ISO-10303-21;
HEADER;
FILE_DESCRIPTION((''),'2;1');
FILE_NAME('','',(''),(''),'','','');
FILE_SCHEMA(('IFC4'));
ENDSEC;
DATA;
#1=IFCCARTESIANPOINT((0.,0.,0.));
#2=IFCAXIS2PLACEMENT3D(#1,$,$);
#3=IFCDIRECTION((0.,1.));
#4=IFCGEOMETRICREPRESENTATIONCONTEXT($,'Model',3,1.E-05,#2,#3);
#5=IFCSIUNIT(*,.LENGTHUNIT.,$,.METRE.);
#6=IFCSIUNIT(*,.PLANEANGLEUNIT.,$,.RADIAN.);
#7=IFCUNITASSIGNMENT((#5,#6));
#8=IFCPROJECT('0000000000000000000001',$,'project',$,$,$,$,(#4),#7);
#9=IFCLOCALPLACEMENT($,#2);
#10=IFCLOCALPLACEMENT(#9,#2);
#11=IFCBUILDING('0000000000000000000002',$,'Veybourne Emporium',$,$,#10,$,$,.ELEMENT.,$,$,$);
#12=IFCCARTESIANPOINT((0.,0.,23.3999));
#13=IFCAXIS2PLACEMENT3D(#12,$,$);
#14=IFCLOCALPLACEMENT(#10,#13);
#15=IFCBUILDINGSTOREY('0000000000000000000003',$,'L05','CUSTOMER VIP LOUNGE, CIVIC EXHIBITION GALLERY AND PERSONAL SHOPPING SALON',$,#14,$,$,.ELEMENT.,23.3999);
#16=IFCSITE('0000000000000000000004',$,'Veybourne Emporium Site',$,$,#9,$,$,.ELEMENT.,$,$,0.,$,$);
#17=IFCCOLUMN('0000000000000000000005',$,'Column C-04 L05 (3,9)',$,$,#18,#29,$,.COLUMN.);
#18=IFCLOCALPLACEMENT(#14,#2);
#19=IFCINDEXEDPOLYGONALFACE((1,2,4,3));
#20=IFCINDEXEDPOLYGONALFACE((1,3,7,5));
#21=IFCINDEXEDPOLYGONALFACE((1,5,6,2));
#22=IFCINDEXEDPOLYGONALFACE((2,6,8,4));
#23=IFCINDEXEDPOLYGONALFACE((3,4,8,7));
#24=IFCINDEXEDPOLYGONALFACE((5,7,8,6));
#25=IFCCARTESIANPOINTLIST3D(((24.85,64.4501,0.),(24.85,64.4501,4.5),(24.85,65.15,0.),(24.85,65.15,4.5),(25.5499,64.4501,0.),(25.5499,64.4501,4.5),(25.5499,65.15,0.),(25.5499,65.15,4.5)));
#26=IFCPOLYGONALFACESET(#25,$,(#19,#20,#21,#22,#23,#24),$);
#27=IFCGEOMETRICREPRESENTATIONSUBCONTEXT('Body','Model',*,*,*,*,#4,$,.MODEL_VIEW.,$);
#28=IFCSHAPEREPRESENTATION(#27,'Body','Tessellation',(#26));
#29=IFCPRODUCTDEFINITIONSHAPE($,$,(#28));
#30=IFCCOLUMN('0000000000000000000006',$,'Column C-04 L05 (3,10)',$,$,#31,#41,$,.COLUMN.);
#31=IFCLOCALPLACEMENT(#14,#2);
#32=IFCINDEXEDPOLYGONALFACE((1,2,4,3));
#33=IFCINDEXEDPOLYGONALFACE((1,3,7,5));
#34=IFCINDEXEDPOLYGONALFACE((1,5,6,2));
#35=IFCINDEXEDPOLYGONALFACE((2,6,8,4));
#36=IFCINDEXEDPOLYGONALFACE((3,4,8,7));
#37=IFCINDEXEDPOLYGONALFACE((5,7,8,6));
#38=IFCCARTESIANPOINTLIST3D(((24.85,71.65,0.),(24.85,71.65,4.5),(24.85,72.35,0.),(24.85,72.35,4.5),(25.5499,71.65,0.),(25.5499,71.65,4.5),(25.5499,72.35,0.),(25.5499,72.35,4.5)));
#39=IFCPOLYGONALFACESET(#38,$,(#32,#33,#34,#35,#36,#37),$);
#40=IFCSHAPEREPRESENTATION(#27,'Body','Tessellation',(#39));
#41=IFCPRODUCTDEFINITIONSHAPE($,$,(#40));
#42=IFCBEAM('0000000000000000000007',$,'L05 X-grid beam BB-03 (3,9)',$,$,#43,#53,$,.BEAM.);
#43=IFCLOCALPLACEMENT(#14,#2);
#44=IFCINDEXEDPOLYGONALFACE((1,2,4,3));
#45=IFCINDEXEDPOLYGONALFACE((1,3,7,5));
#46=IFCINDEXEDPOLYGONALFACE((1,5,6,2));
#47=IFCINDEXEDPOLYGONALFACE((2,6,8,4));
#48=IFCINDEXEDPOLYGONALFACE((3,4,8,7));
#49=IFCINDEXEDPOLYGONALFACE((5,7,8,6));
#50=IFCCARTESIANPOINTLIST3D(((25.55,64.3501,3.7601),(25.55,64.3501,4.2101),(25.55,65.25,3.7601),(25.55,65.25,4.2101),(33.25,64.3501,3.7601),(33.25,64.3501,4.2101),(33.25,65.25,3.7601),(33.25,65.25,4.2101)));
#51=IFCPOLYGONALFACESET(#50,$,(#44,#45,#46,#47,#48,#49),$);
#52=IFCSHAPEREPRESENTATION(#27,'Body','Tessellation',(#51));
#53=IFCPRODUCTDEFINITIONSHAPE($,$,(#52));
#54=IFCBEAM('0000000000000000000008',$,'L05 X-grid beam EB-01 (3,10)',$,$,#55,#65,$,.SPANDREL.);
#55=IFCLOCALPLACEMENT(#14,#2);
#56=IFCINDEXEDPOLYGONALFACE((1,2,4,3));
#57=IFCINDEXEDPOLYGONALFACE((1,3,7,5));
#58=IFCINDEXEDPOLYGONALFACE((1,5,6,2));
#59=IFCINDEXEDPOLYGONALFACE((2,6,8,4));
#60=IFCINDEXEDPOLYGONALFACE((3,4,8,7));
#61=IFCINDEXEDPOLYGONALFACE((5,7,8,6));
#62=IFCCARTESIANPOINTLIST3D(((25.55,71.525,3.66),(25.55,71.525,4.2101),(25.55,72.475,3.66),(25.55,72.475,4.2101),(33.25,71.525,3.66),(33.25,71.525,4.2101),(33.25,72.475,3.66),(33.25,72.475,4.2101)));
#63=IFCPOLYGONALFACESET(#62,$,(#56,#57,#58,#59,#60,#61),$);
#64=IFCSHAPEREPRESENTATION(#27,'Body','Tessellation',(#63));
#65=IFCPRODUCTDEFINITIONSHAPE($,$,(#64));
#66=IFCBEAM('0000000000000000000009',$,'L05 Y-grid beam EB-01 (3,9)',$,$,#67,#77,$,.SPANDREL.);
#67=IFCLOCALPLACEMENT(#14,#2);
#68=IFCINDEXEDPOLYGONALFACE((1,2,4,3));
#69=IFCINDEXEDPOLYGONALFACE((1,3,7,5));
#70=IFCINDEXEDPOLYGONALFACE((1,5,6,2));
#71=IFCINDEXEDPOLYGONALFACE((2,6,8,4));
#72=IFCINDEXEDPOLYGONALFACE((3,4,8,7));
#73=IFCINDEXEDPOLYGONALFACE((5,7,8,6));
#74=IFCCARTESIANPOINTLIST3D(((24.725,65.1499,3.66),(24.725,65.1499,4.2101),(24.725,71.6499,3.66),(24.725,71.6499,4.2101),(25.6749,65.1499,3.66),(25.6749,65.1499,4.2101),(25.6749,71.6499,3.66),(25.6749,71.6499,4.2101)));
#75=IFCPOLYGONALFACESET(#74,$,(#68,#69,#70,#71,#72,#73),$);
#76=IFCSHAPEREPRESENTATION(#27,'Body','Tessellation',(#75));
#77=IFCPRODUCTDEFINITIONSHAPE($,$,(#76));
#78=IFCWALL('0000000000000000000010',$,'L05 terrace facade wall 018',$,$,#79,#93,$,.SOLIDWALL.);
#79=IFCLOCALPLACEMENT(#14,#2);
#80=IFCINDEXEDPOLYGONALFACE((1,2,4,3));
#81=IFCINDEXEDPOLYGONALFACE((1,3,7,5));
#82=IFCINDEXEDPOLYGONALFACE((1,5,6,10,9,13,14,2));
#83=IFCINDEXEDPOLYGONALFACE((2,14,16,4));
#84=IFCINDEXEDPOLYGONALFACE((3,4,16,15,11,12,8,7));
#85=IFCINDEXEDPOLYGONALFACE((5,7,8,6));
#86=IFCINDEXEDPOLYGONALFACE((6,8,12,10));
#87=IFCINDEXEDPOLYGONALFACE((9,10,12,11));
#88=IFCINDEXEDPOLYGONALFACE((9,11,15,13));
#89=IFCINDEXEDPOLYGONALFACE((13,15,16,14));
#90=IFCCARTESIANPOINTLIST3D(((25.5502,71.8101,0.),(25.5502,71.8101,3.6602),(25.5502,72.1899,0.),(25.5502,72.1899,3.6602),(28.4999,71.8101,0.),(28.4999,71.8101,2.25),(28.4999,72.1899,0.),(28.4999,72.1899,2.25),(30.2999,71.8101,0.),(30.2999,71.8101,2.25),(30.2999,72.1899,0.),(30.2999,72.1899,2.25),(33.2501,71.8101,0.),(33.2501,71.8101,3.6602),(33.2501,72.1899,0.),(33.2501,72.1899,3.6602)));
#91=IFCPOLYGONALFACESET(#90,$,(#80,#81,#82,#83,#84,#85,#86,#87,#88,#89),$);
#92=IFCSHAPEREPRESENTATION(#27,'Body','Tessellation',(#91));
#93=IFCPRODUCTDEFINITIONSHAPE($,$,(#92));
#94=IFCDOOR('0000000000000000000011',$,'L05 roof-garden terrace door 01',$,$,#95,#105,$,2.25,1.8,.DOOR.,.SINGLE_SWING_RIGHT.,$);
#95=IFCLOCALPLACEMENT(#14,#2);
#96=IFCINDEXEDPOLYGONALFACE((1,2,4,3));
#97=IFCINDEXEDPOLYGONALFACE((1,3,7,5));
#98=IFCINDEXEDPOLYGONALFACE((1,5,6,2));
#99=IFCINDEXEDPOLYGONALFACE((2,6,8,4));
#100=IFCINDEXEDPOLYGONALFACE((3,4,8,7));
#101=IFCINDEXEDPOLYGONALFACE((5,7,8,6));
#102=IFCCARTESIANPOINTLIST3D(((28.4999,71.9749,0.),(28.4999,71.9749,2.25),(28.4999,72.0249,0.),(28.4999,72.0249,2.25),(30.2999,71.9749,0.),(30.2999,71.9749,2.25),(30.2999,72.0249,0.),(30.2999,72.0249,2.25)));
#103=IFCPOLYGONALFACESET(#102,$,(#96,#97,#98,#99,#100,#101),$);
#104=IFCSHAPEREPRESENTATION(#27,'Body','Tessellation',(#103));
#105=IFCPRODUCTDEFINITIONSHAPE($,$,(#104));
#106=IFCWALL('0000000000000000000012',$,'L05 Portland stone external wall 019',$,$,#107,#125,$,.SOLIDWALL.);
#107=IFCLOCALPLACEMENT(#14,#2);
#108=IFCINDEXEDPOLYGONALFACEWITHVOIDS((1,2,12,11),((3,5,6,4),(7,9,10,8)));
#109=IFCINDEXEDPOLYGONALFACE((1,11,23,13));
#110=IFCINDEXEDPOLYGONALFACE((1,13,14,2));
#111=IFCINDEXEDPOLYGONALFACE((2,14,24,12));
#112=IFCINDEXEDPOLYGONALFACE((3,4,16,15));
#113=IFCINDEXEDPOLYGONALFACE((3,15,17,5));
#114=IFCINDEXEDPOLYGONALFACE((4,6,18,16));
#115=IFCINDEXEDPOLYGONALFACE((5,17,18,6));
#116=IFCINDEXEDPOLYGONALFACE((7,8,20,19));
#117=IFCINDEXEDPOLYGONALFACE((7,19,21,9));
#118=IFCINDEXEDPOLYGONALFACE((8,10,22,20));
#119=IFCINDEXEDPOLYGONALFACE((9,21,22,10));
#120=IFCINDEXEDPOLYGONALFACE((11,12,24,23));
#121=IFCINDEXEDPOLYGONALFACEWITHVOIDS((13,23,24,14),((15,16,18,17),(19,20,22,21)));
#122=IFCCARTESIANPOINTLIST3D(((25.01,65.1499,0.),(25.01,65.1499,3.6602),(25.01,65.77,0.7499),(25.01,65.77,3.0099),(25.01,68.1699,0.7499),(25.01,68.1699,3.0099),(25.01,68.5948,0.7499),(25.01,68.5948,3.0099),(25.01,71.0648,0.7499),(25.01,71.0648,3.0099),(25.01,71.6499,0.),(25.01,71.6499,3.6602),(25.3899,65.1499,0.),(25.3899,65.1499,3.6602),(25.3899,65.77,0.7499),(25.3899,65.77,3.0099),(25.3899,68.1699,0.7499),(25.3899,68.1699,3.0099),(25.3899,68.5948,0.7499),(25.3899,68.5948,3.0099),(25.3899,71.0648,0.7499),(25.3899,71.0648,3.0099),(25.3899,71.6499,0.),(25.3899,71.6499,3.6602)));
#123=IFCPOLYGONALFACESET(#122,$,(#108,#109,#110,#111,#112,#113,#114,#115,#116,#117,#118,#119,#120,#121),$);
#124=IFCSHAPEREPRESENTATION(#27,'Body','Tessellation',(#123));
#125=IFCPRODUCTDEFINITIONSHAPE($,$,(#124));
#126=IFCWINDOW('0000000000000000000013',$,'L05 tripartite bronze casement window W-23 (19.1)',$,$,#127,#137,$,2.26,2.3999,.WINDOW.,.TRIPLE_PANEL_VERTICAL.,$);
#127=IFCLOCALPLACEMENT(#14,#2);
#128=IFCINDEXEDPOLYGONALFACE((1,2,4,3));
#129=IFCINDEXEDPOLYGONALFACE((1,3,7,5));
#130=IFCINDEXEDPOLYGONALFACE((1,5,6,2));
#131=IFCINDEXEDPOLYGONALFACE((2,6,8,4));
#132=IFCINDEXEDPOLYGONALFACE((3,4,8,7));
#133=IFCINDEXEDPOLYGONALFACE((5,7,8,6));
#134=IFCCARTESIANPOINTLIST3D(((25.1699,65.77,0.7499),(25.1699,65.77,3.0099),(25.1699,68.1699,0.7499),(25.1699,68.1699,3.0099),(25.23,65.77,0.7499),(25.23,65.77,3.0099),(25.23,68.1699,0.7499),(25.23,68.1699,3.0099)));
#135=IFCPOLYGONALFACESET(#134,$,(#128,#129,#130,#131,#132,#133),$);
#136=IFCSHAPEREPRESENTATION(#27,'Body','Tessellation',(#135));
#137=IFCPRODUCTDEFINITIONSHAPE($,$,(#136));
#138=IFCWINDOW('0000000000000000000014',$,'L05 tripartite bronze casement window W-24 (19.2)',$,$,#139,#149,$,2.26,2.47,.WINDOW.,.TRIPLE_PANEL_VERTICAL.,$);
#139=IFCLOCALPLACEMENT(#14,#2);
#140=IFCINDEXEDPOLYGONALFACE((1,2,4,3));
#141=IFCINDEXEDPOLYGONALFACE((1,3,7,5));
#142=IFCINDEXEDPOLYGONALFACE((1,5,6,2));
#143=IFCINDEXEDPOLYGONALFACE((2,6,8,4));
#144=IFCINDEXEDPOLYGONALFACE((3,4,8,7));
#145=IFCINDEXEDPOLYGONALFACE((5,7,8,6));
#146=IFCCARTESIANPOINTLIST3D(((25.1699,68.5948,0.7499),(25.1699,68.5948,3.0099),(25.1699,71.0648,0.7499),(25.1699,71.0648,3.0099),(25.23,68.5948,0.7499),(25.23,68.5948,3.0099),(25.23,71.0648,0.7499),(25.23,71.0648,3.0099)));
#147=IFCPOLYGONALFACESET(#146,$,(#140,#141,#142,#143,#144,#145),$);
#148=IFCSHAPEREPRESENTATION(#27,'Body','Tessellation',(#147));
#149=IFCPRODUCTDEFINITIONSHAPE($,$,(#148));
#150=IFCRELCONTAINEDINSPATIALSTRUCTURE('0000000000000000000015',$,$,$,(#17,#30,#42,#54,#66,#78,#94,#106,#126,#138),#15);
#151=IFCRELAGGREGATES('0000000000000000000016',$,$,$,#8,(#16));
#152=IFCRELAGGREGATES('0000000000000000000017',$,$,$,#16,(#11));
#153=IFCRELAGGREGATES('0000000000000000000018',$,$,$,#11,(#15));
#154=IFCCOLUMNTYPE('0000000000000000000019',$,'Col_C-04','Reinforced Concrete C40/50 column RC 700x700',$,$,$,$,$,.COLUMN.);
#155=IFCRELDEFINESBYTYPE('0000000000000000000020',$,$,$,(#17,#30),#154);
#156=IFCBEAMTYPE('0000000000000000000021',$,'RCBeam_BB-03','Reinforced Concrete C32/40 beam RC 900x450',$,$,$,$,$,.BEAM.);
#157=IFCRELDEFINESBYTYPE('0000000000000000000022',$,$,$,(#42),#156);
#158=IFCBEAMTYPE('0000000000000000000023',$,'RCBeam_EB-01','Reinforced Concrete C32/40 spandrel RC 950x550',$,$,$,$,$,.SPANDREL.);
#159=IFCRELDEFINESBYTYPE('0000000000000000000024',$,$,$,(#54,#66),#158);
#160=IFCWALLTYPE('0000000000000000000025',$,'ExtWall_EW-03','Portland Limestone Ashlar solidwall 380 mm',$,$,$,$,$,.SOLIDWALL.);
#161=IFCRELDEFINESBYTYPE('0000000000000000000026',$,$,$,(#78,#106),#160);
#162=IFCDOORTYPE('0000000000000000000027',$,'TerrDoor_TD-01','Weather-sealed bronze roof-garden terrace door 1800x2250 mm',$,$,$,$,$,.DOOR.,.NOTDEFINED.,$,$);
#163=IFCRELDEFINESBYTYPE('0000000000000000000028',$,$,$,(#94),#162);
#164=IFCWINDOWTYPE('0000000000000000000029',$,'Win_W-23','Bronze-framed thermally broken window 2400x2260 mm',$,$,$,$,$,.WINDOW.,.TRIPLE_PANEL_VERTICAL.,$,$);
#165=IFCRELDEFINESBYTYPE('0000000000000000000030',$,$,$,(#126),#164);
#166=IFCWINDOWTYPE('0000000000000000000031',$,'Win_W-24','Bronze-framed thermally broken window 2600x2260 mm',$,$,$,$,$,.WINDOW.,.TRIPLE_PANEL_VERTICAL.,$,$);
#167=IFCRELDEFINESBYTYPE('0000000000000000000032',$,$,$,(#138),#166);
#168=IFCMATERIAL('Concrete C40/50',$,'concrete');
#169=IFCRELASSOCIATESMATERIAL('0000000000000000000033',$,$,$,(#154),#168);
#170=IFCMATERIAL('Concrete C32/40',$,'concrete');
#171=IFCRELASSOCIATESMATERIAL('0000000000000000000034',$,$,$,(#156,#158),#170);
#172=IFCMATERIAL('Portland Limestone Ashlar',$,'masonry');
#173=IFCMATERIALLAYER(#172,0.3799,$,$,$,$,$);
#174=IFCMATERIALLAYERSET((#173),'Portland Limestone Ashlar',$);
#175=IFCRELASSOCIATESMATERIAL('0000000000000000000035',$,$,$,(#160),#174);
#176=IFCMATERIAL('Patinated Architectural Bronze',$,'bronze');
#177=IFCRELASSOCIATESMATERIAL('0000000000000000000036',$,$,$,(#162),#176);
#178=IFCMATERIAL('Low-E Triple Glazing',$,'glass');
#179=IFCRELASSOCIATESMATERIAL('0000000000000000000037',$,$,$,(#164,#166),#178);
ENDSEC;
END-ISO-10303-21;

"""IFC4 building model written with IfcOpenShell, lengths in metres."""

from ifc_helpers import new_model, si_unit, direction, frame, frame_2d, origin, origin_2d, place, context, subcontext, project, spatial, rectangle, extrude, material, layer, layer_set, material_profile, profile_set, type_object, element, fill, save


model = new_model("IFC4")

# Units and contexts
model_context = context("Model", 3, precision=1e-05, world=origin(), true_north=direction((0.0, 1.0)))
body_context = subcontext(model_context, "Body", "Model", "MODEL_VIEW")
ifc_project = project(units=[si_unit("LENGTHUNIT", "METRE"), si_unit("PLANEANGLEUNIT", "RADIAN")], contexts=[model_context])

# Site, building, storey
site_placement = place(None, origin())
site = spatial("IfcSite", under=ifc_project, at=site_placement, Name="Veybourne Emporium Site", CompositionType="ELEMENT", RefElevation=0.0)
building_placement = place(site_placement, origin())
building = spatial("IfcBuilding", under=site, at=building_placement, Name="Veybourne Emporium", CompositionType="ELEMENT")
storey_placement = place(building_placement, frame((0.0, 0.0, 23.3999)))
storey = spatial("IfcBuildingStorey", under=building, at=storey_placement, Name="L05", Description="CUSTOMER VIP LOUNGE, CIVIC EXHIBITION GALLERY AND PERSONAL SHOPPING SALON", CompositionType="ELEMENT", Elevation=23.3999)

# Columns
ifc_material_1 = material(Name="Concrete C40/50", Category="concrete")
ifc_material_profile_1 = material_profile(ifc_material_1, rectangle(XDim=0.7, YDim=0.7, at=origin_2d()), Name="RC 700x700")
ifc_profile_set_1 = profile_set([ifc_material_profile_1], Name="Concrete C40/50")
column_type = type_object("IfcColumnType", Name="Col_C-04", Description="Reinforced Concrete C40/50 column RC 700x700", PredefinedType="COLUMN", material=ifc_profile_set_1)
for number, where, z_axis, x_axis, name in (
    (1, (25.2, 64.8, 0.0), (0.0, 0.0, 1.0), (1.0, 0.0, 0.0), "Column C-04 L05 (3,9)"),
    (2, (25.2, 72.0, 0.0), (0.0, 0.0, 1.0), (1.0, 0.0, 0.0), "Column C-04 L05 (3,10)"),
):
    element("IfcColumn", number, at=place(storey_placement, frame(where, z_axis=z_axis, x_axis=x_axis)), inside=storey, type_object=column_type, Name=name, PredefinedType="COLUMN", context=body_context, shape_type="SweptSolid", body=[
        extrude(rectangle(XDim=0.7, YDim=0.7, at=origin_2d()), origin(), (0.0, 0.0, 1.0), 4.5),
    ])

# Beams
ifc_material_2 = material(Name="Concrete C32/40", Category="concrete")
ifc_material_profile_2 = material_profile(ifc_material_2, rectangle(XDim=0.8999, YDim=0.45, at=origin_2d()), Name="RC 900x450")
ifc_profile_set_2 = profile_set([ifc_material_profile_2], Name="Concrete C32/40")
beam_type_1 = type_object("IfcBeamType", Name="RCBeam_BB-03", Description="Reinforced Concrete C32/40 beam RC 900x450", PredefinedType="BEAM", material=ifc_profile_set_2)
beam_1_placement = place(storey_placement, frame((25.55, 64.8, 3.9851), z_axis=(1.0, 0.0, 0.0), x_axis=(0.0, 1.0, 0.0)))
element("IfcBeam", 3, at=beam_1_placement, inside=storey, type_object=beam_type_1, Name="L05 X-grid beam BB-03 (3,9)", PredefinedType="BEAM", context=body_context, shape_type="SweptSolid", body=[
    extrude(rectangle(XDim=0.8999, YDim=0.45, at=origin_2d()), origin(), (0.0, 0.0, 1.0), 7.7),
])
ifc_material_profile_3 = material_profile(ifc_material_2, rectangle(XDim=0.95, YDim=0.55, at=origin_2d()), Name="RC 950x550")
ifc_profile_set_3 = profile_set([ifc_material_profile_3], Name="Concrete C32/40")
beam_type_2 = type_object("IfcBeamType", Name="RCBeam_EB-01", Description="Reinforced Concrete C32/40 spandrel RC 950x550", PredefinedType="SPANDREL", material=ifc_profile_set_3)
beam_2_placement = place(storey_placement, frame((25.55, 72.0, 3.9351), z_axis=(1.0, 0.0, 0.0), x_axis=(0.0, 1.0, 0.0)))
element("IfcBeam", 4, at=beam_2_placement, inside=storey, type_object=beam_type_2, Name="L05 X-grid beam EB-01 (3,10)", PredefinedType="SPANDREL", context=body_context, shape_type="SweptSolid", body=[
    extrude(rectangle(XDim=0.95, YDim=0.55, at=origin_2d()), origin(), (0.0, 0.0, 1.0), 7.7),
])
beam_3_placement = place(storey_placement, frame((25.2, 65.1499, 3.9351), z_axis=(0.0, 1.0, 0.0), x_axis=(-1.0, 0.0, 0.0)))
element("IfcBeam", 5, at=beam_3_placement, inside=storey, type_object=beam_type_2, Name="L05 Y-grid beam EB-01 (3,9)", PredefinedType="SPANDREL", context=body_context, shape_type="SweptSolid", body=[
    extrude(rectangle(XDim=0.95, YDim=0.55, at=origin_2d()), origin(), (0.0, 0.0, 1.0), 6.5),
])

# Wall, opening, door
ifc_material_3 = material(Name="Portland Limestone Ashlar", Category="masonry")
ifc_layer_1 = layer(ifc_material_3, 0.3799)
ifc_layer_set_1 = layer_set([ifc_layer_1], Name="Portland Limestone Ashlar")
wall_type = type_object("IfcWallType", Name="ExtWall_EW-03", Description="Portland Limestone Ashlar solidwall 380 mm", PredefinedType="SOLIDWALL", material=ifc_layer_set_1)
wall_1_placement = place(storey_placement, frame((25.55, 72.0, 0.0), z_axis=(0.0, 0.0, 1.0), x_axis=(1.0, 0.0, 0.0)))
wall_1 = element("IfcWall", 6, at=wall_1_placement, inside=storey, type_object=wall_type, Name="L05 terrace facade wall 018", PredefinedType="SOLIDWALL", context=body_context, shape_type="SweptSolid", body=[
    extrude(rectangle(XDim=7.7, YDim=0.3799, at=frame_2d((3.8501, 0.0))), origin(), (0.0, 0.0, 1.0), 3.6602),
])
opening_1_placement = place(wall_1_placement, frame((2.95, 0.0, 0.0)))
opening_1 = element("IfcOpeningElement", 7, at=opening_1_placement, cuts=wall_1, PredefinedType="OPENING", context=body_context, shape_type="SweptSolid", body=[
    extrude(rectangle(XDim=1.8, YDim=2.25, at=frame_2d((0.8999, 1.125))), frame((0.0, 0.21, 0.0), z_axis=(0.0, -1.0, 0.0), x_axis=(1.0, 0.0, 0.0)), (0.0, 0.0, 1.0), 0.4199),
])
ifc_material_4 = material(Name="Patinated Architectural Bronze", Category="bronze")
door_type = type_object("IfcDoorType", Name="TerrDoor_TD-01", Description="Weather-sealed bronze roof-garden terrace door 1800x2250 mm", OperationType="NOTDEFINED", PredefinedType="DOOR", material=ifc_material_4)
door_placement = place(opening_1_placement, origin())
door = element("IfcDoor", 8, at=door_placement, inside=storey, type_object=door_type, Name="L05 roof-garden terrace door 01", OperationType="SINGLE_SWING_RIGHT", OverallHeight=2.25, OverallWidth=1.8, PredefinedType="DOOR", context=body_context, shape_type="SweptSolid", body=[
    extrude(rectangle(XDim=1.8, YDim=2.25, at=frame_2d((0.8999, 1.125))), frame((0.0, 0.0249, 0.0), z_axis=(0.0, -1.0, 0.0), x_axis=(1.0, 0.0, 0.0)), (0.0, 0.0, 1.0), 0.05),
])
fill(opening_1, door)

# Wall, openings, windows
wall_2_placement = place(storey_placement, frame((25.2, 65.1499, 0.0), z_axis=(0.0, 0.0, 1.0), x_axis=(0.0, 1.0, 0.0)))
wall_2 = element("IfcWall", 9, at=wall_2_placement, inside=storey, type_object=wall_type, Name="L05 Portland stone external wall 019", PredefinedType="SOLIDWALL", context=body_context, shape_type="SweptSolid", body=[
    extrude(rectangle(XDim=6.5, YDim=0.3799, at=frame_2d((3.25, 0.0))), origin(), (0.0, 0.0, 1.0), 3.6602),
])
opening_2_placement = place(wall_2_placement, frame((0.6201, 0.0, 0.75)))
opening_2 = element("IfcOpeningElement", 10, at=opening_2_placement, cuts=wall_2, PredefinedType="OPENING", context=body_context, shape_type="SweptSolid", body=[
    extrude(rectangle(XDim=2.3999, YDim=2.26, at=frame_2d((1.2, 1.1299))), frame((0.0, 0.21, 0.0), z_axis=(0.0, -1.0, 0.0), x_axis=(1.0, 0.0, 0.0)), (0.0, 0.0, 1.0), 0.4199),
])
opening_3_placement = place(wall_2_placement, frame((3.4451, 0.0, 0.75)))
opening_3 = element("IfcOpeningElement", 11, at=opening_3_placement, cuts=wall_2, PredefinedType="OPENING", context=body_context, shape_type="SweptSolid", body=[
    extrude(rectangle(XDim=2.47, YDim=2.26, at=frame_2d((1.2349, 1.1299))), frame((0.0, 0.21, 0.0), z_axis=(0.0, -1.0, 0.0), x_axis=(1.0, 0.0, 0.0)), (0.0, 0.0, 1.0), 0.4199),
])
ifc_material_5 = material(Name="Low-E Triple Glazing", Category="glass")
window_type_1 = type_object("IfcWindowType", Name="Win_W-23", Description="Bronze-framed thermally broken window 2400x2260 mm", PartitioningType="TRIPLE_PANEL_VERTICAL", PredefinedType="WINDOW", material=ifc_material_5)
window_1_placement = place(opening_2_placement, origin())
window_1 = element("IfcWindow", 12, at=window_1_placement, inside=storey, type_object=window_type_1, Name="L05 tripartite bronze casement window W-23 (19.1)", OverallHeight=2.26, OverallWidth=2.3999, PartitioningType="TRIPLE_PANEL_VERTICAL", PredefinedType="WINDOW", context=body_context, shape_type="SweptSolid", body=[
    extrude(rectangle(XDim=2.3999, YDim=2.26, at=frame_2d((1.2, 1.1299))), frame((0.0, 0.03, 0.0), z_axis=(0.0, -1.0, 0.0), x_axis=(1.0, 0.0, 0.0)), (0.0, 0.0, 1.0), 0.0601),
])
fill(opening_2, window_1)
window_type_2 = type_object("IfcWindowType", Name="Win_W-24", Description="Bronze-framed thermally broken window 2600x2260 mm", PartitioningType="TRIPLE_PANEL_VERTICAL", PredefinedType="WINDOW", material=ifc_material_5)
window_2_placement = place(opening_3_placement, origin())
window_2 = element("IfcWindow", 13, at=window_2_placement, inside=storey, type_object=window_type_2, Name="L05 tripartite bronze casement window W-24 (19.2)", OverallHeight=2.26, OverallWidth=2.47, PartitioningType="TRIPLE_PANEL_VERTICAL", PredefinedType="WINDOW", context=body_context, shape_type="SweptSolid", body=[
    extrude(rectangle(XDim=2.47, YDim=2.26, at=frame_2d((1.2349, 1.1299))), frame((0.0, 0.03, 0.0), z_axis=(0.0, -1.0, 0.0), x_axis=(1.0, 0.0, 0.0)), (0.0, 0.0, 1.0), 0.0601),
])
fill(opening_3, window_2)

save(model, "model.ifc")
